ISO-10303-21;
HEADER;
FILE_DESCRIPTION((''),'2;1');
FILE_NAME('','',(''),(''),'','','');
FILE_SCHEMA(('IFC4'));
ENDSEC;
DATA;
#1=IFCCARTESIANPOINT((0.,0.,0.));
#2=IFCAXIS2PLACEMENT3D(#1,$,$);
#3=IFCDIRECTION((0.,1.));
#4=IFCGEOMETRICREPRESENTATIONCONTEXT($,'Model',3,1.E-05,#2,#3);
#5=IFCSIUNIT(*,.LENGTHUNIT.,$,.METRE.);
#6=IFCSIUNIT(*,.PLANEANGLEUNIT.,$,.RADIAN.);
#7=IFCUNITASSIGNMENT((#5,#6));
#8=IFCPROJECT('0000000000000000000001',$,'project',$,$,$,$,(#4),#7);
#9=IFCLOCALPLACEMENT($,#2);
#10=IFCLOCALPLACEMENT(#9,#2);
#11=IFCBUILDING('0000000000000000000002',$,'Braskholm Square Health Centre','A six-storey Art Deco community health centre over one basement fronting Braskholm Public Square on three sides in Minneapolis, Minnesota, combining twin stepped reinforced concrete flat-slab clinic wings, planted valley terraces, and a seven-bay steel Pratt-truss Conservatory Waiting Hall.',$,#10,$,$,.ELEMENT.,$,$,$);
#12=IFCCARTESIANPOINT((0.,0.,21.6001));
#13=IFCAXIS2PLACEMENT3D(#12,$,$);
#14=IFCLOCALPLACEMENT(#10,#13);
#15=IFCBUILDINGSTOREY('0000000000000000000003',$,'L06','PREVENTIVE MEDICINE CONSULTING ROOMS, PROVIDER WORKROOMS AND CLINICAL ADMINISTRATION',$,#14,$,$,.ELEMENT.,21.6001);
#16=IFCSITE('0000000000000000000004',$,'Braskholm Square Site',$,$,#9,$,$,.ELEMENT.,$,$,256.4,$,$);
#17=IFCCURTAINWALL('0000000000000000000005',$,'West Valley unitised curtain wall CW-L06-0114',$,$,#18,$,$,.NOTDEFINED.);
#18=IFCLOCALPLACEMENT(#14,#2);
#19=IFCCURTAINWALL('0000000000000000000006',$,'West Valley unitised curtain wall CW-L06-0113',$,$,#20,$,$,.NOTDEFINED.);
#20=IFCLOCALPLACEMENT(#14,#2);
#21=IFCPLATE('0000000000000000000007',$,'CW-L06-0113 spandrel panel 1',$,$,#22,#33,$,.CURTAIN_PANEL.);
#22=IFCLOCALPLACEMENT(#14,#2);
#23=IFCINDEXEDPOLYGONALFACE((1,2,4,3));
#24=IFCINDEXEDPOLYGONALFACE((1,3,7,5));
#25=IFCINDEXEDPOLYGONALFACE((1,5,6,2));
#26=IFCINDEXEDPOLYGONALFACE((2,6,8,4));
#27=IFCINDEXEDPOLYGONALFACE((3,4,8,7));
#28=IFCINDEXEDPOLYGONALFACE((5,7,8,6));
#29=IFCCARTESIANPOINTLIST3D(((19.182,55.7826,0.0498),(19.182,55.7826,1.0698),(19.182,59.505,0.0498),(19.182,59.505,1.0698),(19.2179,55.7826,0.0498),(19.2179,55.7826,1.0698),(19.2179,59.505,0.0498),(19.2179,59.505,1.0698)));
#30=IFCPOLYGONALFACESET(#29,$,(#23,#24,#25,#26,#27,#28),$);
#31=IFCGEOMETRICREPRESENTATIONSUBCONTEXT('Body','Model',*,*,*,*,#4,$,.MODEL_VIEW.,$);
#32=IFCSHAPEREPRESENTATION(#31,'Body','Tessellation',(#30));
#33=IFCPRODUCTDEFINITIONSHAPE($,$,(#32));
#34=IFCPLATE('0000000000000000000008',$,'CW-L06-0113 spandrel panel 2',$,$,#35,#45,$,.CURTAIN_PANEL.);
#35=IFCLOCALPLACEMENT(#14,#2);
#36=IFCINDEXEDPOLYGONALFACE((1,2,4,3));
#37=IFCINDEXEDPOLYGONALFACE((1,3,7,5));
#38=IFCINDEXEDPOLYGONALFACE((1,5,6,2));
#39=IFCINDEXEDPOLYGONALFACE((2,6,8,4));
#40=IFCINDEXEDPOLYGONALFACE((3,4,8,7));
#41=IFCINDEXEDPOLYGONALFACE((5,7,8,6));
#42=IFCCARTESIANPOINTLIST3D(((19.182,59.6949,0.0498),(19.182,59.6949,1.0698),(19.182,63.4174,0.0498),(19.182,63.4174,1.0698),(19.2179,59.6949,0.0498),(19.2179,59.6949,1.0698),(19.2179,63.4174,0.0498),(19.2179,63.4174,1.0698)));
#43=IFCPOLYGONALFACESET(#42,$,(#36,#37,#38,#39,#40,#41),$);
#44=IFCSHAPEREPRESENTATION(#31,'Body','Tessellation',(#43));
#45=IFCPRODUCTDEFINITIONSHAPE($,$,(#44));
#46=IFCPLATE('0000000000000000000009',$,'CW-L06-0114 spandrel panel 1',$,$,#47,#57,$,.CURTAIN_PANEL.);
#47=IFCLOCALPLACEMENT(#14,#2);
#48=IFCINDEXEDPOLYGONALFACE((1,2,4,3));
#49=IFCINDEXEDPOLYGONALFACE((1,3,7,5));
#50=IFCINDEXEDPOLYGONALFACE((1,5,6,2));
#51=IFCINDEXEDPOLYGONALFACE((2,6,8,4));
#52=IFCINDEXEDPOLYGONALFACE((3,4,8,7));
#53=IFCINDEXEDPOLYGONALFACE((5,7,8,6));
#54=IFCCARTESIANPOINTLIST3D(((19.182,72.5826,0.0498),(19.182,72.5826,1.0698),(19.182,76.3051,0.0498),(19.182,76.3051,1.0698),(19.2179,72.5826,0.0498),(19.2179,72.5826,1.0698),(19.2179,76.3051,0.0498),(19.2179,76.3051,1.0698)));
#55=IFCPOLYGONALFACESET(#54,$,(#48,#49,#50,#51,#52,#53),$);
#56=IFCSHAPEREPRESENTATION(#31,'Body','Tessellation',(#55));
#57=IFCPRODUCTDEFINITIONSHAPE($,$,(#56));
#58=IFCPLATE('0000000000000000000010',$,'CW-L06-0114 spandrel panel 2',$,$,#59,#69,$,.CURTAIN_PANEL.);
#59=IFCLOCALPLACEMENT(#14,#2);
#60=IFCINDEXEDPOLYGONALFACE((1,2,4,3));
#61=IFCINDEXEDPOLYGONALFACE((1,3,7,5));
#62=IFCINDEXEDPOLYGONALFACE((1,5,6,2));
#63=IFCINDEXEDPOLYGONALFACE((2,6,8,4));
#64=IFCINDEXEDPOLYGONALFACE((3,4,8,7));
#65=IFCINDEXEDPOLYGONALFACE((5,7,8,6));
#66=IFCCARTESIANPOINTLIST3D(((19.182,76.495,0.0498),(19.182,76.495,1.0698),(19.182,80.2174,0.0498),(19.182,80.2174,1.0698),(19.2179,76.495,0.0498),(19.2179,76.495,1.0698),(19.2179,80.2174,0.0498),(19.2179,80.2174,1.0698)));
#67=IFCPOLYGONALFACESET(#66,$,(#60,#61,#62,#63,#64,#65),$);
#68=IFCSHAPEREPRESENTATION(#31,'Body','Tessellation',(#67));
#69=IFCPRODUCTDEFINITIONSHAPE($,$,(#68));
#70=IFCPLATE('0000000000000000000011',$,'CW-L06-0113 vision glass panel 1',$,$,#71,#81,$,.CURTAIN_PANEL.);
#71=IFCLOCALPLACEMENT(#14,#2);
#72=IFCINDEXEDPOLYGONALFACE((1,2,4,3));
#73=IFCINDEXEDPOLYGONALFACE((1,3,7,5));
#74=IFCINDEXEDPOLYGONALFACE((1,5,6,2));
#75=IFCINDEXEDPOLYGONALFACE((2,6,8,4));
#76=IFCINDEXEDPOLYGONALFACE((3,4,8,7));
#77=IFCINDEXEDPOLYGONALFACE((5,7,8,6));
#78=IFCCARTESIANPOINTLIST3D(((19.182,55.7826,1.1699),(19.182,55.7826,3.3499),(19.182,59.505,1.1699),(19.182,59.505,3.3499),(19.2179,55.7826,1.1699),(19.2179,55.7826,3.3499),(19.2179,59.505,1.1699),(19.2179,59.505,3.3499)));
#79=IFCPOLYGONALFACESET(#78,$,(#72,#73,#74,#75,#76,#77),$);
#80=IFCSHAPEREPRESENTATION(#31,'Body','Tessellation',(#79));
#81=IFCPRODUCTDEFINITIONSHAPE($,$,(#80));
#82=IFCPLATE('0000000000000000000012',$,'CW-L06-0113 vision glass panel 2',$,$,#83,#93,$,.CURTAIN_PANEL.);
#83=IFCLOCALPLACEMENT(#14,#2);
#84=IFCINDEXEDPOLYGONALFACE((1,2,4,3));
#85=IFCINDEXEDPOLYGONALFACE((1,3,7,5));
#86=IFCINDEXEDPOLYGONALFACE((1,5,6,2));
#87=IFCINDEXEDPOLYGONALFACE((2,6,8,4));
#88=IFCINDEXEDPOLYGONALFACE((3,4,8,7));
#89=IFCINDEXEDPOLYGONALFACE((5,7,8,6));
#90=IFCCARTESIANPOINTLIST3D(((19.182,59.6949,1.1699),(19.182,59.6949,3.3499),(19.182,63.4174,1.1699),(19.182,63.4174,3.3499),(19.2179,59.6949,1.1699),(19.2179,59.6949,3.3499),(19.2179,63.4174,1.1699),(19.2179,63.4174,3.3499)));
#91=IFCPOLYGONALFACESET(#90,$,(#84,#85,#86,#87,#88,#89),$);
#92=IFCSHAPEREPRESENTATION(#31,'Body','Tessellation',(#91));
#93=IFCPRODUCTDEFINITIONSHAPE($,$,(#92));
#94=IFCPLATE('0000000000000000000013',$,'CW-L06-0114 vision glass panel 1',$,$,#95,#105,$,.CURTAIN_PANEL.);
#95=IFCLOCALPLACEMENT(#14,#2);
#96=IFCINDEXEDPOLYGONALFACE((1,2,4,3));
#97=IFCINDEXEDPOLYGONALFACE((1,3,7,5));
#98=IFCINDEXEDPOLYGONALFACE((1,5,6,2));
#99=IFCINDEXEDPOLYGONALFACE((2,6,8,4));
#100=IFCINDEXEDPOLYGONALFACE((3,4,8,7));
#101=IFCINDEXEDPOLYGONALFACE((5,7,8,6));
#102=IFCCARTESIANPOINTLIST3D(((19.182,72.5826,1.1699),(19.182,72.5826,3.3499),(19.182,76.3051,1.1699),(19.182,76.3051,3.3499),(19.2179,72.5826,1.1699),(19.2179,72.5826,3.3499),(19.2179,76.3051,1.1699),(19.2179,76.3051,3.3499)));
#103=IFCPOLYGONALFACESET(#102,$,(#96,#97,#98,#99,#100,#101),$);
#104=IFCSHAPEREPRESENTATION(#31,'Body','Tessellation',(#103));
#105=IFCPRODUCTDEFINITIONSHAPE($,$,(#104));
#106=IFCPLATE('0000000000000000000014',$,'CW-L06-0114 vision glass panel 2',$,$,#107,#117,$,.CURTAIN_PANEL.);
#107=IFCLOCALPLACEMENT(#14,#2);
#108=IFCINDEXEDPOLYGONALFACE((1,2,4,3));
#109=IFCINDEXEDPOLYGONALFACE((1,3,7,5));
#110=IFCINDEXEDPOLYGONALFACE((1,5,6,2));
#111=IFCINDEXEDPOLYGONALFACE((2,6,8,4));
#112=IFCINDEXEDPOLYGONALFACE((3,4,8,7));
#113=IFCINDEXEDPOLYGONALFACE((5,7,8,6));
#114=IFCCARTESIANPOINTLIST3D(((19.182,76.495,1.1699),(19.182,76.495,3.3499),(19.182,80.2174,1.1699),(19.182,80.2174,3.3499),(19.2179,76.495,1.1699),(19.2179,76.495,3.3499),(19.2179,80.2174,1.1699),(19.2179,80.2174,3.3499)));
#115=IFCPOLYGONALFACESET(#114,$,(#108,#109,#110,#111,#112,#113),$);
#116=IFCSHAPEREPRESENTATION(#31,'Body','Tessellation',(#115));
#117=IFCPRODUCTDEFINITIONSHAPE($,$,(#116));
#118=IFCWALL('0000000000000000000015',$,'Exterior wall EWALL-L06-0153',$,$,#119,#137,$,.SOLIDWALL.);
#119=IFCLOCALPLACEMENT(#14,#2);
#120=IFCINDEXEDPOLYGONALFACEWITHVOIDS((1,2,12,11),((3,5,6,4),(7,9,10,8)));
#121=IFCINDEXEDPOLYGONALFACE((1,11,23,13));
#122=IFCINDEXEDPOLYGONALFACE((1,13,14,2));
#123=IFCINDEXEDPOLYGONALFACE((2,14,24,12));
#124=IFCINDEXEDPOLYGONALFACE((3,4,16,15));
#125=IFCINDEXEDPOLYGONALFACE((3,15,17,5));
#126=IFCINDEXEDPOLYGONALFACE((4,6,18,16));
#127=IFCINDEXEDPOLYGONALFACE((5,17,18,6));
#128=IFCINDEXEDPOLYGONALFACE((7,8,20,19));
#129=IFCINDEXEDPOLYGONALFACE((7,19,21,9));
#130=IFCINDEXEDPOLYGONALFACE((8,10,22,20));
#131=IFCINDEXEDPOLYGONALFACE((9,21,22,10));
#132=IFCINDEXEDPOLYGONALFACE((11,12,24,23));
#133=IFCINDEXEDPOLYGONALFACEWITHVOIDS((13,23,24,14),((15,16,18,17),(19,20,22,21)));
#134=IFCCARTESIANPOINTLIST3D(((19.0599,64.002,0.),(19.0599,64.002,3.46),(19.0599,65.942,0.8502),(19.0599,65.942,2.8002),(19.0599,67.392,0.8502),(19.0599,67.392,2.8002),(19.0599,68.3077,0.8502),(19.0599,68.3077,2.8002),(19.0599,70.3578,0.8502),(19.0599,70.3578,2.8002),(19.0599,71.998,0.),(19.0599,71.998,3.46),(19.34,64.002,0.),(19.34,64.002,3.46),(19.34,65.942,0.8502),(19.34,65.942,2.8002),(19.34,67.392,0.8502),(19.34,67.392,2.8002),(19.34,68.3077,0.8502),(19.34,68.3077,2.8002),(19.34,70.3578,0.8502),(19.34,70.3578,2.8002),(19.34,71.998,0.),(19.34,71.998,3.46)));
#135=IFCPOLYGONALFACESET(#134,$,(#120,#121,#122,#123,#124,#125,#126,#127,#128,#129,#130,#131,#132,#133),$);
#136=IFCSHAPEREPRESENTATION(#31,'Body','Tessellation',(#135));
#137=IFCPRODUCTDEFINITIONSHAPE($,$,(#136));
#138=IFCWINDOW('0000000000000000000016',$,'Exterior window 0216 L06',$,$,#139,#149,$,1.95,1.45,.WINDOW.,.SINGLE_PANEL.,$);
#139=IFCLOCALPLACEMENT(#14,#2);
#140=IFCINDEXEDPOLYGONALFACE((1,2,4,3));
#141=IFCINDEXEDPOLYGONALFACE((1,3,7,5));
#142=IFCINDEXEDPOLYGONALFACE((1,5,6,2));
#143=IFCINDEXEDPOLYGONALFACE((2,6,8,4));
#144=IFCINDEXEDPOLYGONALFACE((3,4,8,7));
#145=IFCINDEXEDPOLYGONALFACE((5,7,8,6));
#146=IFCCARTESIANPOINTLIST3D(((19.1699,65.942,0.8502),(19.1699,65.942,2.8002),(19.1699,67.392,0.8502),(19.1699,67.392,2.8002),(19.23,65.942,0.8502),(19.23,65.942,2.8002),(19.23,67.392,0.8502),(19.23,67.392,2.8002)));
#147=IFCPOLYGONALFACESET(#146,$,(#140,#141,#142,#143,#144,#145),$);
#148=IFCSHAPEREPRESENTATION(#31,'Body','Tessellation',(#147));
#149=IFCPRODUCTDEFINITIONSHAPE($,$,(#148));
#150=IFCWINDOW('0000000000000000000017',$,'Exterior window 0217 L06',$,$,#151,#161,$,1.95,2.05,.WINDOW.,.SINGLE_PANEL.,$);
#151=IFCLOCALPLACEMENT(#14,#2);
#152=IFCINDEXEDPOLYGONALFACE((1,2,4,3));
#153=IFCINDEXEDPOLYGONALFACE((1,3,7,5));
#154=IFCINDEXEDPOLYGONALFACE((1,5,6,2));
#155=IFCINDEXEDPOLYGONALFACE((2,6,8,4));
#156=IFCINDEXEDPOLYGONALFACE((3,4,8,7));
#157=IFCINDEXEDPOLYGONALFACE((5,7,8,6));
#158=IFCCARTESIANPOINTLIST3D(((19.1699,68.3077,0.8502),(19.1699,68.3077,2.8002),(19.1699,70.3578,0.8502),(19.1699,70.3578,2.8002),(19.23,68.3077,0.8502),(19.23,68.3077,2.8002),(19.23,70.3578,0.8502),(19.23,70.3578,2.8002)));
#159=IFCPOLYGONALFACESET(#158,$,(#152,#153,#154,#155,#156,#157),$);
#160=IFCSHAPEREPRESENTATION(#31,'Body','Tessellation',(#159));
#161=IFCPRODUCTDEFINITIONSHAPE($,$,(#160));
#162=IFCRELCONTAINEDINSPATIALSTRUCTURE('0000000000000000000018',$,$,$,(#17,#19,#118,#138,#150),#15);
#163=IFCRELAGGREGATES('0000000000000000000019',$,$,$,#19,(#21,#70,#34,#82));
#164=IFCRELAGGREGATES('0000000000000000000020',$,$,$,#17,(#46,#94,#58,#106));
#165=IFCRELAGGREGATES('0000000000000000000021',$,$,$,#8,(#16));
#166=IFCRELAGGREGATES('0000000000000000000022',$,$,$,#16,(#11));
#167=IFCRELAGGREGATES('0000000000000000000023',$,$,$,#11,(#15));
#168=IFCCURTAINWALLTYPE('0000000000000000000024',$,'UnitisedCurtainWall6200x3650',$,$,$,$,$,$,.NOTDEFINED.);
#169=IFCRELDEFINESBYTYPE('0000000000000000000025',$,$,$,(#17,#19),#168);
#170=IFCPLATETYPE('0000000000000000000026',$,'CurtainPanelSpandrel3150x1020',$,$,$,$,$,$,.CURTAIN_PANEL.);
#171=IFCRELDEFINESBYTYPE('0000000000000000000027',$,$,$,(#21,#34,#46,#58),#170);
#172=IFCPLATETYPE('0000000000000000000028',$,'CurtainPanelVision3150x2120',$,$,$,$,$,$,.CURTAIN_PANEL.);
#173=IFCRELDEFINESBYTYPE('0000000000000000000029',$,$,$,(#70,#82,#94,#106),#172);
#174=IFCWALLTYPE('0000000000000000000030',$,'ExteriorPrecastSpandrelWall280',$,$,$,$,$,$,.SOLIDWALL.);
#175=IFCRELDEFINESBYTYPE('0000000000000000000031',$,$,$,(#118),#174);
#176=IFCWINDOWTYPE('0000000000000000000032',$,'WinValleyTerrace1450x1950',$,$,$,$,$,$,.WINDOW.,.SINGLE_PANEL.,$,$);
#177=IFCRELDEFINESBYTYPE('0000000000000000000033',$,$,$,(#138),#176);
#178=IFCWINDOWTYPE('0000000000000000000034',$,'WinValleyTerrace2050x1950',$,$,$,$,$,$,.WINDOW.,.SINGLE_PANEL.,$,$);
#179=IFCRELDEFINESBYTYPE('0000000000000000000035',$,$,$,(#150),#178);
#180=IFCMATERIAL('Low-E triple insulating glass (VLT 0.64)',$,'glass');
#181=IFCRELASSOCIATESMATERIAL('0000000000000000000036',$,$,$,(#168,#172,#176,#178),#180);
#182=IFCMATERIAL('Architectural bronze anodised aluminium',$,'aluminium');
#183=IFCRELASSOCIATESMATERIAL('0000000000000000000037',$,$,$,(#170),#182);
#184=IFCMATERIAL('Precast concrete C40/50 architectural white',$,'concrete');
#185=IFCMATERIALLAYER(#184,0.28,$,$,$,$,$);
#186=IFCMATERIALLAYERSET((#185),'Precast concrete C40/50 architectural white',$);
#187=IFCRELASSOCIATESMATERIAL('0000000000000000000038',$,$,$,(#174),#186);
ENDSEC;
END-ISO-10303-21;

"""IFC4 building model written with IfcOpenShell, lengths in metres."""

from ifc_helpers import new_model, si_unit, direction, frame, frame_2d, origin, origin_with_axes, origin_2d, place, context, subcontext, project, spatial, rectangle, extrude, material, layer, layer_set, type_object, element, fill, aggregate, save


model = new_model("IFC4")

# Units and contexts
model_context = context("Model", 3, precision=1e-05, world=origin(), true_north=direction((0.0, 1.0)))
body_context = subcontext(model_context, "Body", "Model", "MODEL_VIEW")
ifc_project = project(units=[si_unit("LENGTHUNIT", "METRE"), si_unit("PLANEANGLEUNIT", "RADIAN")], contexts=[model_context])

# Site, building, storey
site_placement = place(None, origin())
site = spatial("IfcSite", under=ifc_project, at=site_placement, Name="Braskholm Square Site", CompositionType="ELEMENT", RefElevation=256.4)
building_placement = place(site_placement, origin())
building = spatial("IfcBuilding", under=site, at=building_placement, Name="Braskholm Square Health Centre", Description="A six-storey Art Deco community health centre over one basement fronting Braskholm Public Square on three sides in Minneapolis, Minnesota, combining twin stepped reinforced concrete flat-slab clinic wings, planted valley terraces, and a seven-bay steel Pratt-truss Conservatory Waiting Hall.", CompositionType="ELEMENT")
storey_placement = place(building_placement, frame((0.0, 0.0, 21.6001)))
storey = spatial("IfcBuildingStorey", under=building, at=storey_placement, Name="L06", Description="PREVENTIVE MEDICINE CONSULTING ROOMS, PROVIDER WORKROOMS AND CLINICAL ADMINISTRATION", CompositionType="ELEMENT", Elevation=21.6001)

# Curtain walls
ifc_material_1 = material(Name="Low-E triple insulating glass (VLT 0.64)", Category="glass")
curtain_wall_type = type_object("IfcCurtainWallType", Name="UnitisedCurtainWall6200x3650", PredefinedType="NOTDEFINED", material=ifc_material_1)
curtain_wall_1_placement = place(storey_placement, origin())
curtain_wall_1 = element("IfcCurtainWall", 1, at=curtain_wall_1_placement, inside=storey, type_object=curtain_wall_type, Name="West Valley unitised curtain wall CW-L06-0114", PredefinedType="NOTDEFINED")
ifc_material_2 = material(Name="Architectural bronze anodised aluminium", Category="aluminium")
curtain_wall_2_placement = place(storey_placement, origin())
curtain_wall_2 = element("IfcCurtainWall", 2, at=curtain_wall_2_placement, inside=storey, type_object=curtain_wall_type, Name="West Valley unitised curtain wall CW-L06-0113", PredefinedType="NOTDEFINED")

# Plates
plate_type_1 = type_object("IfcPlateType", Name="CurtainPanelSpandrel3150x1020", PredefinedType="CURTAIN_PANEL", material=ifc_material_2)
plate_1_placement = place(storey_placement, frame((19.2, 57.6438, 0.0498), z_axis=(0.0, 0.0, 1.0), x_axis=(0.0, 1.0, 0.0)))
plate_1 = element("IfcPlate", 3, at=plate_1_placement, type_object=plate_type_1, Name="CW-L06-0113 spandrel panel 1", PredefinedType="CURTAIN_PANEL", context=body_context, shape_type="SweptSolid", body=[
    extrude(rectangle(XDim=3.7224, YDim=0.0359, at=origin_2d()), origin(), (0.0, 0.0, 1.0), 1.02),
])
plate_2_placement = place(storey_placement, frame((19.2, 61.5562, 0.0498), z_axis=(0.0, 0.0, 1.0), x_axis=(0.0, 1.0, 0.0)))
plate_2 = element("IfcPlate", 4, at=plate_2_placement, type_object=plate_type_1, Name="CW-L06-0113 spandrel panel 2", PredefinedType="CURTAIN_PANEL", context=body_context, shape_type="SweptSolid", body=[
    extrude(rectangle(XDim=3.7224, YDim=0.0359, at=origin_2d()), origin(), (0.0, 0.0, 1.0), 1.02),
])
plate_3_placement = place(storey_placement, frame((19.2, 74.4438, 0.0498), z_axis=(0.0, 0.0, 1.0), x_axis=(0.0, 1.0, 0.0)))
plate_3 = element("IfcPlate", 5, at=plate_3_placement, type_object=plate_type_1, Name="CW-L06-0114 spandrel panel 1", PredefinedType="CURTAIN_PANEL", context=body_context, shape_type="SweptSolid", body=[
    extrude(rectangle(XDim=3.7224, YDim=0.0359, at=origin_2d()), origin(), (0.0, 0.0, 1.0), 1.02),
])
plate_4_placement = place(storey_placement, frame((19.2, 78.3562, 0.0498), z_axis=(0.0, 0.0, 1.0), x_axis=(0.0, 1.0, 0.0)))
plate_4 = element("IfcPlate", 6, at=plate_4_placement, type_object=plate_type_1, Name="CW-L06-0114 spandrel panel 2", PredefinedType="CURTAIN_PANEL", context=body_context, shape_type="SweptSolid", body=[
    extrude(rectangle(XDim=3.7224, YDim=0.0359, at=origin_2d()), origin(), (0.0, 0.0, 1.0), 1.02),
])
plate_type_2 = type_object("IfcPlateType", Name="CurtainPanelVision3150x2120", PredefinedType="CURTAIN_PANEL", material=ifc_material_1)
plate_5_placement = place(storey_placement, frame((19.2, 57.6438, 1.1699), z_axis=(0.0, 0.0, 1.0), x_axis=(0.0, 1.0, 0.0)))
plate_5 = element("IfcPlate", 7, at=plate_5_placement, type_object=plate_type_2, Name="CW-L06-0113 vision glass panel 1", PredefinedType="CURTAIN_PANEL", context=body_context, shape_type="SweptSolid", body=[
    extrude(rectangle(XDim=3.7224, YDim=0.0359, at=origin_2d()), origin(), (0.0, 0.0, 1.0), 2.1799),
])
plate_6_placement = place(storey_placement, frame((19.2, 61.5562, 1.1699), z_axis=(0.0, 0.0, 1.0), x_axis=(0.0, 1.0, 0.0)))
plate_6 = element("IfcPlate", 8, at=plate_6_placement, type_object=plate_type_2, Name="CW-L06-0113 vision glass panel 2", PredefinedType="CURTAIN_PANEL", context=body_context, shape_type="SweptSolid", body=[
    extrude(rectangle(XDim=3.7224, YDim=0.0359, at=origin_2d()), origin(), (0.0, 0.0, 1.0), 2.1799),
])
aggregate(curtain_wall_2, [plate_1, plate_5, plate_2, plate_6])
plate_7_placement = place(storey_placement, frame((19.2, 74.4438, 1.1699), z_axis=(0.0, 0.0, 1.0), x_axis=(0.0, 1.0, 0.0)))
plate_7 = element("IfcPlate", 9, at=plate_7_placement, type_object=plate_type_2, Name="CW-L06-0114 vision glass panel 1", PredefinedType="CURTAIN_PANEL", context=body_context, shape_type="SweptSolid", body=[
    extrude(rectangle(XDim=3.7224, YDim=0.0359, at=origin_2d()), origin(), (0.0, 0.0, 1.0), 2.1799),
])
plate_8_placement = place(storey_placement, frame((19.2, 78.3562, 1.1699), z_axis=(0.0, 0.0, 1.0), x_axis=(0.0, 1.0, 0.0)))
plate_8 = element("IfcPlate", 10, at=plate_8_placement, type_object=plate_type_2, Name="CW-L06-0114 vision glass panel 2", PredefinedType="CURTAIN_PANEL", context=body_context, shape_type="SweptSolid", body=[
    extrude(rectangle(XDim=3.7224, YDim=0.0359, at=origin_2d()), origin(), (0.0, 0.0, 1.0), 2.1799),
])
aggregate(curtain_wall_1, [plate_3, plate_7, plate_4, plate_8])

# Wall, openings, windows
ifc_material_3 = material(Name="Precast concrete C40/50 architectural white", Category="concrete")
ifc_layer = layer(ifc_material_3, 0.28)
ifc_layer_set = layer_set([ifc_layer], Name="Precast concrete C40/50 architectural white")
wall_type = type_object("IfcWallType", Name="ExteriorPrecastSpandrelWall280", PredefinedType="SOLIDWALL", material=ifc_layer_set)
wall_placement = place(storey_placement, frame((19.2, 64.002, 0.0), z_axis=(0.0, 0.0, 1.0), x_axis=(0.0, 1.0, 0.0)))
wall = element("IfcWall", 11, at=wall_placement, inside=storey, type_object=wall_type, Name="Exterior wall EWALL-L06-0153", PredefinedType="SOLIDWALL", context=body_context, shape_type="SweptSolid", body=[
    extrude(rectangle(XDim=7.9961, YDim=0.28, at=frame_2d((3.998, 0.0))), origin(), (0.0, 0.0, 1.0), 3.46),
])
opening_1_placement = place(wall_placement, frame((1.9399, 0.0, 0.8501)))
opening_1 = element("IfcOpeningElement", 12, at=opening_1_placement, cuts=wall, PredefinedType="OPENING", context=body_context, shape_type="SweptSolid", body=[
    extrude(rectangle(XDim=1.45, YDim=1.95, at=frame_2d((0.7251, 0.9751))), frame((0.0, 0.1499, 0.0), z_axis=(0.0, -1.0, 0.0), x_axis=(1.0, 0.0, 0.0)), (0.0, 0.0, 1.0), 0.3),
])
opening_2_placement = place(wall_placement, frame((4.3059, 0.0, 0.8501)))
opening_2 = element("IfcOpeningElement", 13, at=opening_2_placement, cuts=wall, PredefinedType="OPENING", context=body_context, shape_type="SweptSolid", body=[
    extrude(rectangle(XDim=2.05, YDim=1.95, at=frame_2d((1.0249, 0.9751))), frame((0.0, 0.1499, 0.0), z_axis=(0.0, -1.0, 0.0), x_axis=(1.0, 0.0, 0.0)), (0.0, 0.0, 1.0), 0.3),
])
window_type_1 = type_object("IfcWindowType", Name="WinValleyTerrace1450x1950", PartitioningType="SINGLE_PANEL", PredefinedType="WINDOW", material=ifc_material_1)
window_1_placement = place(opening_1_placement, origin_with_axes())
window_1 = element("IfcWindow", 14, at=window_1_placement, inside=storey, type_object=window_type_1, Name="Exterior window 0216 L06", OverallHeight=1.95, OverallWidth=1.45, PartitioningType="SINGLE_PANEL", PredefinedType="WINDOW", context=body_context, shape_type="SweptSolid", body=[
    extrude(rectangle(XDim=1.45, YDim=1.95, at=frame_2d((0.7251, 0.9751))), frame((0.0, 0.03, 0.0), z_axis=(0.0, -1.0, 0.0), x_axis=(1.0, 0.0, 0.0)), (0.0, 0.0, 1.0), 0.0601),
])
fill(opening_1, window_1)
window_type_2 = type_object("IfcWindowType", Name="WinValleyTerrace2050x1950", PartitioningType="SINGLE_PANEL", PredefinedType="WINDOW", material=ifc_material_1)
window_2_placement = place(opening_2_placement, origin_with_axes())
window_2 = element("IfcWindow", 15, at=window_2_placement, inside=storey, type_object=window_type_2, Name="Exterior window 0217 L06", OverallHeight=1.95, OverallWidth=2.05, PartitioningType="SINGLE_PANEL", PredefinedType="WINDOW", context=body_context, shape_type="SweptSolid", body=[
    extrude(rectangle(XDim=2.05, YDim=1.95, at=frame_2d((1.0249, 0.9751))), frame((0.0, 0.03, 0.0), z_axis=(0.0, -1.0, 0.0), x_axis=(1.0, 0.0, 0.0)), (0.0, 0.0, 1.0), 0.0601),
])
fill(opening_2, window_2)

save(model, "model.ifc")
